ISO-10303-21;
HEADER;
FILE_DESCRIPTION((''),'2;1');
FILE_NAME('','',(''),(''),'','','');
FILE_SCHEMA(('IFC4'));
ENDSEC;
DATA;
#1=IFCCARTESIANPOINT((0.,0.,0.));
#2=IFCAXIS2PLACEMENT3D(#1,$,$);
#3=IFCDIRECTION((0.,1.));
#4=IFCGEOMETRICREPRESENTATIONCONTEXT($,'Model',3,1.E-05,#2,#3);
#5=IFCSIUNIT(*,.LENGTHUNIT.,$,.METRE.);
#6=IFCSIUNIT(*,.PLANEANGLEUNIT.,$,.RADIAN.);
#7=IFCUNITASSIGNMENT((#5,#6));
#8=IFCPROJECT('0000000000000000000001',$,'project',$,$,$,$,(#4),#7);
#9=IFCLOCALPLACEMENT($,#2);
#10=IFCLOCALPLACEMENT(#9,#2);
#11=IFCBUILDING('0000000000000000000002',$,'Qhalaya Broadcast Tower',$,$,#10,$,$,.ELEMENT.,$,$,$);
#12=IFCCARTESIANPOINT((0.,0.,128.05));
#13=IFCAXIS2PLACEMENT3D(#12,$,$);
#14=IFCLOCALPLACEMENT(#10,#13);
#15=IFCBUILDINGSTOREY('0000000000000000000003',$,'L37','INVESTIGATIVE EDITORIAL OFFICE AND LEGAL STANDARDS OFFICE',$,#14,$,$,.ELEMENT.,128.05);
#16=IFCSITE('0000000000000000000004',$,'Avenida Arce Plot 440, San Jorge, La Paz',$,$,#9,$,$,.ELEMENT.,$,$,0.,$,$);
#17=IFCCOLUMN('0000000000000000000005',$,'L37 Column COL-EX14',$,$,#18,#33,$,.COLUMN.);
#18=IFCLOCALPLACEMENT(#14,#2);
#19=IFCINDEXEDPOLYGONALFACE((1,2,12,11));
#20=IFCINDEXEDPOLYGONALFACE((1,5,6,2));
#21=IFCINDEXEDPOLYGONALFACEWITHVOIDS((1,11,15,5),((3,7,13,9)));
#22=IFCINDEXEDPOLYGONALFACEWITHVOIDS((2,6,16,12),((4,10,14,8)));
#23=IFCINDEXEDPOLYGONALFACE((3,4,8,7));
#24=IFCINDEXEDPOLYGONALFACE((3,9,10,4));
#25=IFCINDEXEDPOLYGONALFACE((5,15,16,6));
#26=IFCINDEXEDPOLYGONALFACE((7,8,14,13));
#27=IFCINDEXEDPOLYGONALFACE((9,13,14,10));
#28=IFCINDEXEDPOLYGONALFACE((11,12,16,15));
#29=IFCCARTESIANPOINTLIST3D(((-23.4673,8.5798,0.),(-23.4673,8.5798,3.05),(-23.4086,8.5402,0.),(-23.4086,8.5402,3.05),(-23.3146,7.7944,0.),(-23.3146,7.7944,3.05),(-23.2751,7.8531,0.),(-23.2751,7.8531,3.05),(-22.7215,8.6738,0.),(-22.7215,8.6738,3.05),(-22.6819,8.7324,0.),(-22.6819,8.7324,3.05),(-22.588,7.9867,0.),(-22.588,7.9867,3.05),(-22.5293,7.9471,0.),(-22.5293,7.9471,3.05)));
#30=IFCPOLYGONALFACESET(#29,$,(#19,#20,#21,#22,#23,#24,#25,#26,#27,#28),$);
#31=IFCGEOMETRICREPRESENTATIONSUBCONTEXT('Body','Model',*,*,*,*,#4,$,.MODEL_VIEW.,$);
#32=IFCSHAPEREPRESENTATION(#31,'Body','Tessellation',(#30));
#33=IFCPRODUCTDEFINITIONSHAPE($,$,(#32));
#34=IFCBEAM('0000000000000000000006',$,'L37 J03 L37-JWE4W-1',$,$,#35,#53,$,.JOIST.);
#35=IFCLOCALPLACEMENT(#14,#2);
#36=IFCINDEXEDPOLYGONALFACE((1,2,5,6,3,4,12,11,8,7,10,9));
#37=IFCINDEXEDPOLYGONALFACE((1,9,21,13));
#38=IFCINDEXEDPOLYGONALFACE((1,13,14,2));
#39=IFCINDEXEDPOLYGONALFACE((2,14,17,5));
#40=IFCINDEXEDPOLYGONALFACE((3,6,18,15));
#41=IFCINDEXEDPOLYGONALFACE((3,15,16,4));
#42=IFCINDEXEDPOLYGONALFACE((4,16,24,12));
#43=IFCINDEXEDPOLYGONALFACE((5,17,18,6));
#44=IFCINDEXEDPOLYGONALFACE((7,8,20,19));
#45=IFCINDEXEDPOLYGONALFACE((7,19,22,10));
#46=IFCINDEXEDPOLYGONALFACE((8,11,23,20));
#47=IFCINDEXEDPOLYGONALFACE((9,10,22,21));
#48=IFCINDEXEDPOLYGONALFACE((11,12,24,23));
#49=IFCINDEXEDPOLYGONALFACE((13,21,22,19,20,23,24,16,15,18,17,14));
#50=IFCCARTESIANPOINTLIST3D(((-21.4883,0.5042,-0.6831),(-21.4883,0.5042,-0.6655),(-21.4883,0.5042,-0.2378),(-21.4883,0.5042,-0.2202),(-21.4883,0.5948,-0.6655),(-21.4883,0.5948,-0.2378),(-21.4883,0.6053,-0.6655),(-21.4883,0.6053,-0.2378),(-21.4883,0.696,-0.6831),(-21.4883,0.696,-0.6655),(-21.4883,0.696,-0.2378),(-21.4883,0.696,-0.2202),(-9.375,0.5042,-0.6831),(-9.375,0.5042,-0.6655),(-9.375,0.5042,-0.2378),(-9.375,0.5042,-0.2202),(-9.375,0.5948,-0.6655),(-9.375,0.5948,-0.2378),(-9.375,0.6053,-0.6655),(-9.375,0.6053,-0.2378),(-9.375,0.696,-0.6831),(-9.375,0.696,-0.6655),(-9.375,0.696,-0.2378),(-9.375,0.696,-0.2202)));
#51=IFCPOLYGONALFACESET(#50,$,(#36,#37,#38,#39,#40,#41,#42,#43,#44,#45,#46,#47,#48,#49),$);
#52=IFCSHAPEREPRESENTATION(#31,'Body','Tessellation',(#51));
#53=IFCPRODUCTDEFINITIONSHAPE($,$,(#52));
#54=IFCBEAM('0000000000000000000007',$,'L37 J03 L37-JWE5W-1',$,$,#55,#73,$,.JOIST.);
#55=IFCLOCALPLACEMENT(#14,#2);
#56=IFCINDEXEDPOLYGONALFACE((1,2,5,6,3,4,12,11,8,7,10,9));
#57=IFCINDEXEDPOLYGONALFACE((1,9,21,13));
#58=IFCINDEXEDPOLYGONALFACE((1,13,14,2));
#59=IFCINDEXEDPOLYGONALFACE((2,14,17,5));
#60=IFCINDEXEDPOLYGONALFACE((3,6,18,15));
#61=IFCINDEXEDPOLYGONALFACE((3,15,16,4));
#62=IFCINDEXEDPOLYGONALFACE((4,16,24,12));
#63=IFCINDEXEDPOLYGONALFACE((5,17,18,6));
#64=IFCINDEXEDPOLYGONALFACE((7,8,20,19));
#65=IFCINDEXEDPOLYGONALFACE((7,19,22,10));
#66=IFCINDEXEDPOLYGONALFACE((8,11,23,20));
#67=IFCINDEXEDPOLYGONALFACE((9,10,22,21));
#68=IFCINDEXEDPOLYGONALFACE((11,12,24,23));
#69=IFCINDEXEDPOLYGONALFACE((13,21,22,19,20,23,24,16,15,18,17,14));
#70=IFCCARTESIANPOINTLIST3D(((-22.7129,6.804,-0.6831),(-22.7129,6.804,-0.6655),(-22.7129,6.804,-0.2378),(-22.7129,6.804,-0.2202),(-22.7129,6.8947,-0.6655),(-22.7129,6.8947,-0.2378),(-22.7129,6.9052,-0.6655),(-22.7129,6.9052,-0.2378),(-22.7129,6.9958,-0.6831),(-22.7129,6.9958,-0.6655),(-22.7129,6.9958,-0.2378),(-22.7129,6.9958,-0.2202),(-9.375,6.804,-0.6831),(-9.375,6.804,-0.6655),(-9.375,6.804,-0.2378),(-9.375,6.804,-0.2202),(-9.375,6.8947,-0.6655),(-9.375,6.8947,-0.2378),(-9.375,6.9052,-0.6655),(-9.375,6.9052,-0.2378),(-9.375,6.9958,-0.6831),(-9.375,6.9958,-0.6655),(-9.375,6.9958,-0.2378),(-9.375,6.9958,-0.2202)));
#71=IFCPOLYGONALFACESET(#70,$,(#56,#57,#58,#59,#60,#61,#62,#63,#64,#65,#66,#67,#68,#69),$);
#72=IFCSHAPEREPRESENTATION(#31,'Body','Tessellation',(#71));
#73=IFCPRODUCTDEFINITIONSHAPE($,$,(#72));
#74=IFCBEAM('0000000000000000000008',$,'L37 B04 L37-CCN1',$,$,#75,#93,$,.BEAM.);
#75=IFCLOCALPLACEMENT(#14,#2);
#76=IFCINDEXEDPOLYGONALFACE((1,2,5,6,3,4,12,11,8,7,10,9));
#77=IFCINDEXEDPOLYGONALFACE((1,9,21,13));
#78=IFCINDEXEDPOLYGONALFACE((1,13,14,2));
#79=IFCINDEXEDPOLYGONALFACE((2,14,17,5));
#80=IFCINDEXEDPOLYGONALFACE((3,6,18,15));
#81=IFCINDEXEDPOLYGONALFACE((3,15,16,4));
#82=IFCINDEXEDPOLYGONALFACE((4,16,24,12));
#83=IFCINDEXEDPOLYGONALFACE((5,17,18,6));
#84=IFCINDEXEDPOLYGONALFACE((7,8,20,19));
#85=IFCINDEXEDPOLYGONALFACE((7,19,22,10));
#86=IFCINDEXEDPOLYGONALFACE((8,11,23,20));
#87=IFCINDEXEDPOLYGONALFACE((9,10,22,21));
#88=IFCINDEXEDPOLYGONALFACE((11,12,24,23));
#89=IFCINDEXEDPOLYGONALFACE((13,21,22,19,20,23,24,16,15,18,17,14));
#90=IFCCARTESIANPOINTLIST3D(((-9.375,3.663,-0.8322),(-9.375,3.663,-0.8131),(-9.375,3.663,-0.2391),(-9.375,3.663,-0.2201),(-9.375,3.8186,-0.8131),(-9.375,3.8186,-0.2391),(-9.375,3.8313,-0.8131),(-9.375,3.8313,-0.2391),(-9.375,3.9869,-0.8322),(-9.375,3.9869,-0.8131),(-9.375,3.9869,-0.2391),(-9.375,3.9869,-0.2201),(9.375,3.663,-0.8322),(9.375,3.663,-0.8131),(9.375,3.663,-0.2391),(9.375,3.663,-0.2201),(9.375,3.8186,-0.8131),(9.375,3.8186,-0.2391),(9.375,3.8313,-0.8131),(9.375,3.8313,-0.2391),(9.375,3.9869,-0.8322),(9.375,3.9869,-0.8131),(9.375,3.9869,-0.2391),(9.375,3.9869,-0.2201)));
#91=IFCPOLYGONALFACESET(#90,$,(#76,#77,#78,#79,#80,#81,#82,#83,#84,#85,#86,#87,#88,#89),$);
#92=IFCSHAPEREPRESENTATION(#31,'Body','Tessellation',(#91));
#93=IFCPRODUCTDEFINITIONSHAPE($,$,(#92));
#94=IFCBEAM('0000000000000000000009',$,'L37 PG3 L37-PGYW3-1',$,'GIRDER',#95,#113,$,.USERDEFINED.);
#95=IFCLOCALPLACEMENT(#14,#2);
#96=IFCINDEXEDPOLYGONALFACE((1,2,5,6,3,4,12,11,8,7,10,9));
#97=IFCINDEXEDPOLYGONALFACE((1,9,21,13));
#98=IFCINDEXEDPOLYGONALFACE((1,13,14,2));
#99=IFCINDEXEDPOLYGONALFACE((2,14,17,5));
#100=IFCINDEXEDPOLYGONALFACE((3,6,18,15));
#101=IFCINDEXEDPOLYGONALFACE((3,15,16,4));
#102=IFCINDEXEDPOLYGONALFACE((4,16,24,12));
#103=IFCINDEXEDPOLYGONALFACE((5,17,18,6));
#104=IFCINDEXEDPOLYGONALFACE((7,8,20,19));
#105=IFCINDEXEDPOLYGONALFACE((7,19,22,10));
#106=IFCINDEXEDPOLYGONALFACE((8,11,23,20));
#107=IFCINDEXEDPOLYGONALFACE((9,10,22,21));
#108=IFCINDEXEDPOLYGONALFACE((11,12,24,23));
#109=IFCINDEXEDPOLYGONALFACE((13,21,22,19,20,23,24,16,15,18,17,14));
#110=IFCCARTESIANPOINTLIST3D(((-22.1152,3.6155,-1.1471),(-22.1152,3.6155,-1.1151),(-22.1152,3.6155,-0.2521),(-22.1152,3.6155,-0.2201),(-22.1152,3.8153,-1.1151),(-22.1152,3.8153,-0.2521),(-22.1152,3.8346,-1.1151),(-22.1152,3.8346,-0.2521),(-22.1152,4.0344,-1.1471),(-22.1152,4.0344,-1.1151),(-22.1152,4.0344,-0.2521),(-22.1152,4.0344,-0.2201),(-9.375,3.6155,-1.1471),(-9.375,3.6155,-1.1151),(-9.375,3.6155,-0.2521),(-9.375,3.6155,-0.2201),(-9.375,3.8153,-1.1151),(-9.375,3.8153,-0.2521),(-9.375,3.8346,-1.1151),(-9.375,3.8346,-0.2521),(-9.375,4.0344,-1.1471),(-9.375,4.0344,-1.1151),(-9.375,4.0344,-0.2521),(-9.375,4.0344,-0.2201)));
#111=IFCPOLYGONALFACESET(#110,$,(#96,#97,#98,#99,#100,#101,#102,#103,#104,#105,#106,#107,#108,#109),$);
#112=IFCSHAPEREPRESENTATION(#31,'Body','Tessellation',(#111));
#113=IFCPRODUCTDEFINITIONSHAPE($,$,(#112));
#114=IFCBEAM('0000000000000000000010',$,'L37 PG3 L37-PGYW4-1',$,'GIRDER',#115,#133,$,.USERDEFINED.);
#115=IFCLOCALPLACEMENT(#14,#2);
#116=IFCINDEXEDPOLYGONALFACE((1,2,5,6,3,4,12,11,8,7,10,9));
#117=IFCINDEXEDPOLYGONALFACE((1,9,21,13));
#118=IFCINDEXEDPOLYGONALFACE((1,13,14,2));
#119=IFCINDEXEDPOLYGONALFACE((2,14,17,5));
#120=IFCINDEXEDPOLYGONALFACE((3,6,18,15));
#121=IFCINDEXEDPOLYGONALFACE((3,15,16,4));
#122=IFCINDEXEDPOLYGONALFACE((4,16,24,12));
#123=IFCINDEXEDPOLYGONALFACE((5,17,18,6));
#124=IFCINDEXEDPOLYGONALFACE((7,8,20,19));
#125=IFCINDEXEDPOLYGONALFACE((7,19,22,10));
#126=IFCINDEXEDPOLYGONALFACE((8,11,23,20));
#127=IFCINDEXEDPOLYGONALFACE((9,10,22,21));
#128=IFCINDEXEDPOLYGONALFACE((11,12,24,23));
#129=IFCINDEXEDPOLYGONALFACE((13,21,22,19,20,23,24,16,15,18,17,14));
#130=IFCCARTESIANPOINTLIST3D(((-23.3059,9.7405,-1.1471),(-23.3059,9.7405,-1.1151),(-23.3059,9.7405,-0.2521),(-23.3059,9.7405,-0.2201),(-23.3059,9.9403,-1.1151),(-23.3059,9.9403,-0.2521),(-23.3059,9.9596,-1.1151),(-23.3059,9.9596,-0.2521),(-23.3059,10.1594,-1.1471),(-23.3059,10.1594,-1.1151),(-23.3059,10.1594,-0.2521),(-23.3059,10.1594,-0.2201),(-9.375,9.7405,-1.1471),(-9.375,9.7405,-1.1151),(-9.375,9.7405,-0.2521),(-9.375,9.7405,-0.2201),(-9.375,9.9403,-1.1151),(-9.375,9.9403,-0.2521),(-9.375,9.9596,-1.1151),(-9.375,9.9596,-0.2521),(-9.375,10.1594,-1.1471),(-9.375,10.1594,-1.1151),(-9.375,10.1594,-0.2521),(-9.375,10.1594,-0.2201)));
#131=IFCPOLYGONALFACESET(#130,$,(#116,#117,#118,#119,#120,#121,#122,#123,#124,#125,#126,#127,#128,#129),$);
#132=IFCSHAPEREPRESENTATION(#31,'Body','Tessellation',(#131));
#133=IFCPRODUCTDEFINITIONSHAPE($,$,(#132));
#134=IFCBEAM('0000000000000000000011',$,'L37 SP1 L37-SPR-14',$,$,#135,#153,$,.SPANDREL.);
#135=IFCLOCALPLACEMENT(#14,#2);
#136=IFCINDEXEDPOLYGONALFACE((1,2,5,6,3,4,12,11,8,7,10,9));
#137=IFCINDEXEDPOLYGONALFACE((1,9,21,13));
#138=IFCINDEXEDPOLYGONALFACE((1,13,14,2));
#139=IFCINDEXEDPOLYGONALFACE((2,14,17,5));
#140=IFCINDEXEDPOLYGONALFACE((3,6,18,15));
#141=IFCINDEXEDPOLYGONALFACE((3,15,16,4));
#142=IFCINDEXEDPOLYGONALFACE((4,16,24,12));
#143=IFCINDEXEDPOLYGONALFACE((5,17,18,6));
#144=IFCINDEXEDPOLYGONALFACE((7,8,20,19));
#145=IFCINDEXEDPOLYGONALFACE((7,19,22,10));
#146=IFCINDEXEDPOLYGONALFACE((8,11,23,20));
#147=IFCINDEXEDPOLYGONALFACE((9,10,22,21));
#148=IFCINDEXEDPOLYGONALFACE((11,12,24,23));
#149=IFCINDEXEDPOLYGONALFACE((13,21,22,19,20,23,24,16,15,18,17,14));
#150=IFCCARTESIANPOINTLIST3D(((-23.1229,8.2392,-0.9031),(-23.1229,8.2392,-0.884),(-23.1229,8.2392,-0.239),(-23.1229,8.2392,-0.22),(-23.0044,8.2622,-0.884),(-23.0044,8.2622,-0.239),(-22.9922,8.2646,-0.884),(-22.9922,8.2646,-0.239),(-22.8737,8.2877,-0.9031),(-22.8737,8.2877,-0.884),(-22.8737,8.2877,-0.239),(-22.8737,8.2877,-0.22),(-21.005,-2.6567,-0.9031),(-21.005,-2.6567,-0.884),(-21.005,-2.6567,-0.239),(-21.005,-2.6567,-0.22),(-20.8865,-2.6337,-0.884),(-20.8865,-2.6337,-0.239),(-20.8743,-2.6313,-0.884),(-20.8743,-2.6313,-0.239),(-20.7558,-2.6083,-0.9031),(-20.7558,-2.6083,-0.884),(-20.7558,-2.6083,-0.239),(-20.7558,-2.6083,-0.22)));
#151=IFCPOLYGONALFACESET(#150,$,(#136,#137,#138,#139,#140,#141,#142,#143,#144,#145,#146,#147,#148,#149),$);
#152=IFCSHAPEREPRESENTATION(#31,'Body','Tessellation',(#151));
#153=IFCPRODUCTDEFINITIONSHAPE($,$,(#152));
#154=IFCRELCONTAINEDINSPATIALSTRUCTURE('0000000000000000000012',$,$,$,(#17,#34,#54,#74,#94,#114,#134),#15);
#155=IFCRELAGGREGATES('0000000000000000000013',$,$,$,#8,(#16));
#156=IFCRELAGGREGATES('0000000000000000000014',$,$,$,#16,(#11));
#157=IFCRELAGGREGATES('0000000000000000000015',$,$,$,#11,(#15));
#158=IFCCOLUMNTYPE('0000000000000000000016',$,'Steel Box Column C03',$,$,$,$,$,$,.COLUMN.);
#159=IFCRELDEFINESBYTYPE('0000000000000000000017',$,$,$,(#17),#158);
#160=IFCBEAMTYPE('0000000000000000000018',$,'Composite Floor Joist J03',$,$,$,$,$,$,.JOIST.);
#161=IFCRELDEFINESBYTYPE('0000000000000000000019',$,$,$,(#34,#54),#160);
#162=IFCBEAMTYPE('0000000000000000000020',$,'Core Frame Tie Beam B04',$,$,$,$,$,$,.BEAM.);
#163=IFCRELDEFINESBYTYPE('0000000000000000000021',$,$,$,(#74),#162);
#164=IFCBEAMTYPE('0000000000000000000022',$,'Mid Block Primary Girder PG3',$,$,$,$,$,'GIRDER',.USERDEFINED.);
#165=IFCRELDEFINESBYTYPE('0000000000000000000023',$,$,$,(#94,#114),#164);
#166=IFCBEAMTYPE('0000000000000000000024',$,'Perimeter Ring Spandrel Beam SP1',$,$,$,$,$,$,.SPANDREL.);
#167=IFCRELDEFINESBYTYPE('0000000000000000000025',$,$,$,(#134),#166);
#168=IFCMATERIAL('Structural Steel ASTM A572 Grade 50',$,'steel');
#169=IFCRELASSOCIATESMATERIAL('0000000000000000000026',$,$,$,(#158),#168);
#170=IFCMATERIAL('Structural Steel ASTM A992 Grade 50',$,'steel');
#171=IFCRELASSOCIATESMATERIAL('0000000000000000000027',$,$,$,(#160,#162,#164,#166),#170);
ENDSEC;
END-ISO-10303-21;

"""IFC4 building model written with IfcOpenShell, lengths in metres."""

from ifc_helpers import new_model, si_unit, direction, frame, origin, origin_2d, place, context, subcontext, project, spatial, hollow_rectangle, i_section, extrude, material, material_profile, profile_set, type_object, element, save


model = new_model("IFC4")

# Units and contexts
model_context = context("Model", 3, precision=1e-05, world=origin(), true_north=direction((0.0, 1.0)))
body_context = subcontext(model_context, "Body", "Model", "MODEL_VIEW")
ifc_project = project(units=[si_unit("LENGTHUNIT", "METRE"), si_unit("PLANEANGLEUNIT", "RADIAN")], contexts=[model_context])

# Site, building, storey
site_placement = place(None, origin())
site = spatial("IfcSite", under=ifc_project, at=site_placement, Name="Avenida Arce Plot 440, San Jorge, La Paz", CompositionType="ELEMENT", RefElevation=0.0)
building_placement = place(site_placement, origin())
building = spatial("IfcBuilding", under=site, at=building_placement, Name="Qhalaya Broadcast Tower", CompositionType="ELEMENT")
storey_placement = place(building_placement, frame((0.0, 0.0, 128.05)))
storey = spatial("IfcBuildingStorey", under=building, at=storey_placement, Name="L37", Description="INVESTIGATIVE EDITORIAL OFFICE AND LEGAL STANDARDS OFFICE", CompositionType="ELEMENT", Elevation=128.05)

# Column
ifc_material_1 = material(Name="Structural Steel ASTM A572 Grade 50", Category="steel")
ifc_material_profile_1 = material_profile(ifc_material_1, hollow_rectangle(XDim=0.8, YDim=0.8, WallThickness=0.05, at=origin_2d()), Name="BOX 800x800x50")
ifc_profile_set_1 = profile_set([ifc_material_profile_1], Name="Structural Steel ASTM A572 Grade 50")
column_type = type_object("IfcColumnType", Name="Steel Box Column C03", PredefinedType="COLUMN", material=ifc_profile_set_1)
column_placement = place(storey_placement, frame((-22.9983, 8.2634, 0.0), z_axis=(0.0, 0.0, 1.0), x_axis=(-0.190809, 0.981627, 0.0)))
element("IfcColumn", 1, at=column_placement, inside=storey, type_object=column_type, Name="L37 Column COL-EX14", PredefinedType="COLUMN", context=body_context, shape_type="SweptSolid", body=[
    extrude(hollow_rectangle(XDim=0.8, YDim=0.8, WallThickness=0.05, at=origin_2d()), origin(), (0.0, 0.0, 1.0), 3.05),
])

# Beams
ifc_material_2 = material(Name="Structural Steel ASTM A992 Grade 50", Category="steel")
ifc_material_profile_2 = material_profile(ifc_material_2, i_section(OverallWidth=0.1919, OverallDepth=0.4629, WebThickness=0.0105, FlangeThickness=0.0176, at=origin_2d()), Name="W18X60")
ifc_profile_set_2 = profile_set([ifc_material_profile_2], Name="Structural Steel ASTM A992 Grade 50")
beam_type_1 = type_object("IfcBeamType", Name="Composite Floor Joist J03", PredefinedType="JOIST", material=ifc_profile_set_2)
beam_1_placement = place(storey_placement, frame((-21.4883, 0.6001, -0.4517), z_axis=(1.0, 0.0, 0.0), x_axis=(0.0, 1.0, 0.0)))
element("IfcBeam", 2, at=beam_1_placement, inside=storey, type_object=beam_type_1, Name="L37 J03 L37-JWE4W-1", PredefinedType="JOIST", context=body_context, shape_type="SweptSolid", body=[
    extrude(i_section(OverallWidth=0.1919, OverallDepth=0.4629, WebThickness=0.0105, FlangeThickness=0.0176, at=origin_2d()), origin(), (0.0, 0.0, 1.0), 12.1133),
])
beam_2_placement = place(storey_placement, frame((-22.7129, 6.8999, -0.4517), z_axis=(1.0, 0.0, 0.0), x_axis=(0.0, 1.0, 0.0)))
element("IfcBeam", 3, at=beam_2_placement, inside=storey, type_object=beam_type_1, Name="L37 J03 L37-JWE5W-1", PredefinedType="JOIST", context=body_context, shape_type="SweptSolid", body=[
    extrude(i_section(OverallWidth=0.1919, OverallDepth=0.4629, WebThickness=0.0105, FlangeThickness=0.0176, at=origin_2d()), origin(), (0.0, 0.0, 1.0), 13.3379),
])
ifc_material_profile_3 = material_profile(ifc_material_2, i_section(OverallWidth=0.324, OverallDepth=0.6121, WebThickness=0.0127, FlangeThickness=0.019, at=origin_2d()), Name="W24X104")
ifc_profile_set_3 = profile_set([ifc_material_profile_3], Name="Structural Steel ASTM A992 Grade 50")
beam_type_2 = type_object("IfcBeamType", Name="Core Frame Tie Beam B04", PredefinedType="BEAM", material=ifc_profile_set_3)
beam_3_placement = place(storey_placement, frame((-9.375, 3.825, -0.5261), z_axis=(1.0, 0.0, 0.0), x_axis=(0.0, 1.0, 0.0)))
element("IfcBeam", 4, at=beam_3_placement, inside=storey, type_object=beam_type_2, Name="L37 B04 L37-CCN1", PredefinedType="BEAM", context=body_context, shape_type="SweptSolid", body=[
    extrude(i_section(OverallWidth=0.324, OverallDepth=0.6121, WebThickness=0.0127, FlangeThickness=0.019, at=origin_2d()), origin(), (0.0, 0.0, 1.0), 18.75),
])
ifc_material_profile_4 = material_profile(ifc_material_2, i_section(OverallWidth=0.4189, OverallDepth=0.927, WebThickness=0.0193, FlangeThickness=0.032, at=origin_2d()), Name="W36X231")
ifc_profile_set_4 = profile_set([ifc_material_profile_4], Name="Structural Steel ASTM A992 Grade 50")
beam_type_3 = type_object("IfcBeamType", Name="Mid Block Primary Girder PG3", ElementType="GIRDER", PredefinedType="USERDEFINED", material=ifc_profile_set_4)
beam_4_placement = place(storey_placement, frame((-22.1152, 3.825, -0.6836), z_axis=(1.0, 0.0, 0.0), x_axis=(0.0, 1.0, 0.0)))
element("IfcBeam", 5, at=beam_4_placement, inside=storey, type_object=beam_type_3, Name="L37 PG3 L37-PGYW3-1", ObjectType="GIRDER", PredefinedType="USERDEFINED", context=body_context, shape_type="SweptSolid", body=[
    extrude(i_section(OverallWidth=0.4189, OverallDepth=0.927, WebThickness=0.0193, FlangeThickness=0.032, at=origin_2d()), origin(), (0.0, 0.0, 1.0), 12.7402),
])
beam_5_placement = place(storey_placement, frame((-23.3059, 9.95, -0.6836), z_axis=(1.0, 0.0, 0.0), x_axis=(0.0, 1.0, 0.0)))
element("IfcBeam", 6, at=beam_5_placement, inside=storey, type_object=beam_type_3, Name="L37 PG3 L37-PGYW4-1", ObjectType="GIRDER", PredefinedType="USERDEFINED", context=body_context, shape_type="SweptSolid", body=[
    extrude(i_section(OverallWidth=0.4189, OverallDepth=0.927, WebThickness=0.0193, FlangeThickness=0.032, at=origin_2d()), origin(), (0.0, 0.0, 1.0), 13.9309),
])
ifc_material_profile_5 = material_profile(ifc_material_2, i_section(OverallWidth=0.2539, OverallDepth=0.6831, WebThickness=0.0125, FlangeThickness=0.019, at=origin_2d()), Name="W27X94")
ifc_profile_set_5 = profile_set([ifc_material_profile_5], Name="Structural Steel ASTM A992 Grade 50")
beam_type_4 = type_object("IfcBeamType", Name="Perimeter Ring Spandrel Beam SP1", PredefinedType="SPANDREL", material=ifc_profile_set_5)
beam_6_placement = place(storey_placement, frame((-22.9983, 8.2634, -0.5615), z_axis=(0.190805, -0.981628, 0.0), x_axis=(0.981628, 0.190805, 0.0)))
element("IfcBeam", 7, at=beam_6_placement, inside=storey, type_object=beam_type_4, Name="L37 SP1 L37-SPR-14", PredefinedType="SPANDREL", context=body_context, shape_type="SweptSolid", body=[
    extrude(i_section(OverallWidth=0.2539, OverallDepth=0.6831, WebThickness=0.0125, FlangeThickness=0.019, at=origin_2d()), origin(), (0.0, 0.0, 1.0), 11.0999),
])

save(model, "model.ifc")
